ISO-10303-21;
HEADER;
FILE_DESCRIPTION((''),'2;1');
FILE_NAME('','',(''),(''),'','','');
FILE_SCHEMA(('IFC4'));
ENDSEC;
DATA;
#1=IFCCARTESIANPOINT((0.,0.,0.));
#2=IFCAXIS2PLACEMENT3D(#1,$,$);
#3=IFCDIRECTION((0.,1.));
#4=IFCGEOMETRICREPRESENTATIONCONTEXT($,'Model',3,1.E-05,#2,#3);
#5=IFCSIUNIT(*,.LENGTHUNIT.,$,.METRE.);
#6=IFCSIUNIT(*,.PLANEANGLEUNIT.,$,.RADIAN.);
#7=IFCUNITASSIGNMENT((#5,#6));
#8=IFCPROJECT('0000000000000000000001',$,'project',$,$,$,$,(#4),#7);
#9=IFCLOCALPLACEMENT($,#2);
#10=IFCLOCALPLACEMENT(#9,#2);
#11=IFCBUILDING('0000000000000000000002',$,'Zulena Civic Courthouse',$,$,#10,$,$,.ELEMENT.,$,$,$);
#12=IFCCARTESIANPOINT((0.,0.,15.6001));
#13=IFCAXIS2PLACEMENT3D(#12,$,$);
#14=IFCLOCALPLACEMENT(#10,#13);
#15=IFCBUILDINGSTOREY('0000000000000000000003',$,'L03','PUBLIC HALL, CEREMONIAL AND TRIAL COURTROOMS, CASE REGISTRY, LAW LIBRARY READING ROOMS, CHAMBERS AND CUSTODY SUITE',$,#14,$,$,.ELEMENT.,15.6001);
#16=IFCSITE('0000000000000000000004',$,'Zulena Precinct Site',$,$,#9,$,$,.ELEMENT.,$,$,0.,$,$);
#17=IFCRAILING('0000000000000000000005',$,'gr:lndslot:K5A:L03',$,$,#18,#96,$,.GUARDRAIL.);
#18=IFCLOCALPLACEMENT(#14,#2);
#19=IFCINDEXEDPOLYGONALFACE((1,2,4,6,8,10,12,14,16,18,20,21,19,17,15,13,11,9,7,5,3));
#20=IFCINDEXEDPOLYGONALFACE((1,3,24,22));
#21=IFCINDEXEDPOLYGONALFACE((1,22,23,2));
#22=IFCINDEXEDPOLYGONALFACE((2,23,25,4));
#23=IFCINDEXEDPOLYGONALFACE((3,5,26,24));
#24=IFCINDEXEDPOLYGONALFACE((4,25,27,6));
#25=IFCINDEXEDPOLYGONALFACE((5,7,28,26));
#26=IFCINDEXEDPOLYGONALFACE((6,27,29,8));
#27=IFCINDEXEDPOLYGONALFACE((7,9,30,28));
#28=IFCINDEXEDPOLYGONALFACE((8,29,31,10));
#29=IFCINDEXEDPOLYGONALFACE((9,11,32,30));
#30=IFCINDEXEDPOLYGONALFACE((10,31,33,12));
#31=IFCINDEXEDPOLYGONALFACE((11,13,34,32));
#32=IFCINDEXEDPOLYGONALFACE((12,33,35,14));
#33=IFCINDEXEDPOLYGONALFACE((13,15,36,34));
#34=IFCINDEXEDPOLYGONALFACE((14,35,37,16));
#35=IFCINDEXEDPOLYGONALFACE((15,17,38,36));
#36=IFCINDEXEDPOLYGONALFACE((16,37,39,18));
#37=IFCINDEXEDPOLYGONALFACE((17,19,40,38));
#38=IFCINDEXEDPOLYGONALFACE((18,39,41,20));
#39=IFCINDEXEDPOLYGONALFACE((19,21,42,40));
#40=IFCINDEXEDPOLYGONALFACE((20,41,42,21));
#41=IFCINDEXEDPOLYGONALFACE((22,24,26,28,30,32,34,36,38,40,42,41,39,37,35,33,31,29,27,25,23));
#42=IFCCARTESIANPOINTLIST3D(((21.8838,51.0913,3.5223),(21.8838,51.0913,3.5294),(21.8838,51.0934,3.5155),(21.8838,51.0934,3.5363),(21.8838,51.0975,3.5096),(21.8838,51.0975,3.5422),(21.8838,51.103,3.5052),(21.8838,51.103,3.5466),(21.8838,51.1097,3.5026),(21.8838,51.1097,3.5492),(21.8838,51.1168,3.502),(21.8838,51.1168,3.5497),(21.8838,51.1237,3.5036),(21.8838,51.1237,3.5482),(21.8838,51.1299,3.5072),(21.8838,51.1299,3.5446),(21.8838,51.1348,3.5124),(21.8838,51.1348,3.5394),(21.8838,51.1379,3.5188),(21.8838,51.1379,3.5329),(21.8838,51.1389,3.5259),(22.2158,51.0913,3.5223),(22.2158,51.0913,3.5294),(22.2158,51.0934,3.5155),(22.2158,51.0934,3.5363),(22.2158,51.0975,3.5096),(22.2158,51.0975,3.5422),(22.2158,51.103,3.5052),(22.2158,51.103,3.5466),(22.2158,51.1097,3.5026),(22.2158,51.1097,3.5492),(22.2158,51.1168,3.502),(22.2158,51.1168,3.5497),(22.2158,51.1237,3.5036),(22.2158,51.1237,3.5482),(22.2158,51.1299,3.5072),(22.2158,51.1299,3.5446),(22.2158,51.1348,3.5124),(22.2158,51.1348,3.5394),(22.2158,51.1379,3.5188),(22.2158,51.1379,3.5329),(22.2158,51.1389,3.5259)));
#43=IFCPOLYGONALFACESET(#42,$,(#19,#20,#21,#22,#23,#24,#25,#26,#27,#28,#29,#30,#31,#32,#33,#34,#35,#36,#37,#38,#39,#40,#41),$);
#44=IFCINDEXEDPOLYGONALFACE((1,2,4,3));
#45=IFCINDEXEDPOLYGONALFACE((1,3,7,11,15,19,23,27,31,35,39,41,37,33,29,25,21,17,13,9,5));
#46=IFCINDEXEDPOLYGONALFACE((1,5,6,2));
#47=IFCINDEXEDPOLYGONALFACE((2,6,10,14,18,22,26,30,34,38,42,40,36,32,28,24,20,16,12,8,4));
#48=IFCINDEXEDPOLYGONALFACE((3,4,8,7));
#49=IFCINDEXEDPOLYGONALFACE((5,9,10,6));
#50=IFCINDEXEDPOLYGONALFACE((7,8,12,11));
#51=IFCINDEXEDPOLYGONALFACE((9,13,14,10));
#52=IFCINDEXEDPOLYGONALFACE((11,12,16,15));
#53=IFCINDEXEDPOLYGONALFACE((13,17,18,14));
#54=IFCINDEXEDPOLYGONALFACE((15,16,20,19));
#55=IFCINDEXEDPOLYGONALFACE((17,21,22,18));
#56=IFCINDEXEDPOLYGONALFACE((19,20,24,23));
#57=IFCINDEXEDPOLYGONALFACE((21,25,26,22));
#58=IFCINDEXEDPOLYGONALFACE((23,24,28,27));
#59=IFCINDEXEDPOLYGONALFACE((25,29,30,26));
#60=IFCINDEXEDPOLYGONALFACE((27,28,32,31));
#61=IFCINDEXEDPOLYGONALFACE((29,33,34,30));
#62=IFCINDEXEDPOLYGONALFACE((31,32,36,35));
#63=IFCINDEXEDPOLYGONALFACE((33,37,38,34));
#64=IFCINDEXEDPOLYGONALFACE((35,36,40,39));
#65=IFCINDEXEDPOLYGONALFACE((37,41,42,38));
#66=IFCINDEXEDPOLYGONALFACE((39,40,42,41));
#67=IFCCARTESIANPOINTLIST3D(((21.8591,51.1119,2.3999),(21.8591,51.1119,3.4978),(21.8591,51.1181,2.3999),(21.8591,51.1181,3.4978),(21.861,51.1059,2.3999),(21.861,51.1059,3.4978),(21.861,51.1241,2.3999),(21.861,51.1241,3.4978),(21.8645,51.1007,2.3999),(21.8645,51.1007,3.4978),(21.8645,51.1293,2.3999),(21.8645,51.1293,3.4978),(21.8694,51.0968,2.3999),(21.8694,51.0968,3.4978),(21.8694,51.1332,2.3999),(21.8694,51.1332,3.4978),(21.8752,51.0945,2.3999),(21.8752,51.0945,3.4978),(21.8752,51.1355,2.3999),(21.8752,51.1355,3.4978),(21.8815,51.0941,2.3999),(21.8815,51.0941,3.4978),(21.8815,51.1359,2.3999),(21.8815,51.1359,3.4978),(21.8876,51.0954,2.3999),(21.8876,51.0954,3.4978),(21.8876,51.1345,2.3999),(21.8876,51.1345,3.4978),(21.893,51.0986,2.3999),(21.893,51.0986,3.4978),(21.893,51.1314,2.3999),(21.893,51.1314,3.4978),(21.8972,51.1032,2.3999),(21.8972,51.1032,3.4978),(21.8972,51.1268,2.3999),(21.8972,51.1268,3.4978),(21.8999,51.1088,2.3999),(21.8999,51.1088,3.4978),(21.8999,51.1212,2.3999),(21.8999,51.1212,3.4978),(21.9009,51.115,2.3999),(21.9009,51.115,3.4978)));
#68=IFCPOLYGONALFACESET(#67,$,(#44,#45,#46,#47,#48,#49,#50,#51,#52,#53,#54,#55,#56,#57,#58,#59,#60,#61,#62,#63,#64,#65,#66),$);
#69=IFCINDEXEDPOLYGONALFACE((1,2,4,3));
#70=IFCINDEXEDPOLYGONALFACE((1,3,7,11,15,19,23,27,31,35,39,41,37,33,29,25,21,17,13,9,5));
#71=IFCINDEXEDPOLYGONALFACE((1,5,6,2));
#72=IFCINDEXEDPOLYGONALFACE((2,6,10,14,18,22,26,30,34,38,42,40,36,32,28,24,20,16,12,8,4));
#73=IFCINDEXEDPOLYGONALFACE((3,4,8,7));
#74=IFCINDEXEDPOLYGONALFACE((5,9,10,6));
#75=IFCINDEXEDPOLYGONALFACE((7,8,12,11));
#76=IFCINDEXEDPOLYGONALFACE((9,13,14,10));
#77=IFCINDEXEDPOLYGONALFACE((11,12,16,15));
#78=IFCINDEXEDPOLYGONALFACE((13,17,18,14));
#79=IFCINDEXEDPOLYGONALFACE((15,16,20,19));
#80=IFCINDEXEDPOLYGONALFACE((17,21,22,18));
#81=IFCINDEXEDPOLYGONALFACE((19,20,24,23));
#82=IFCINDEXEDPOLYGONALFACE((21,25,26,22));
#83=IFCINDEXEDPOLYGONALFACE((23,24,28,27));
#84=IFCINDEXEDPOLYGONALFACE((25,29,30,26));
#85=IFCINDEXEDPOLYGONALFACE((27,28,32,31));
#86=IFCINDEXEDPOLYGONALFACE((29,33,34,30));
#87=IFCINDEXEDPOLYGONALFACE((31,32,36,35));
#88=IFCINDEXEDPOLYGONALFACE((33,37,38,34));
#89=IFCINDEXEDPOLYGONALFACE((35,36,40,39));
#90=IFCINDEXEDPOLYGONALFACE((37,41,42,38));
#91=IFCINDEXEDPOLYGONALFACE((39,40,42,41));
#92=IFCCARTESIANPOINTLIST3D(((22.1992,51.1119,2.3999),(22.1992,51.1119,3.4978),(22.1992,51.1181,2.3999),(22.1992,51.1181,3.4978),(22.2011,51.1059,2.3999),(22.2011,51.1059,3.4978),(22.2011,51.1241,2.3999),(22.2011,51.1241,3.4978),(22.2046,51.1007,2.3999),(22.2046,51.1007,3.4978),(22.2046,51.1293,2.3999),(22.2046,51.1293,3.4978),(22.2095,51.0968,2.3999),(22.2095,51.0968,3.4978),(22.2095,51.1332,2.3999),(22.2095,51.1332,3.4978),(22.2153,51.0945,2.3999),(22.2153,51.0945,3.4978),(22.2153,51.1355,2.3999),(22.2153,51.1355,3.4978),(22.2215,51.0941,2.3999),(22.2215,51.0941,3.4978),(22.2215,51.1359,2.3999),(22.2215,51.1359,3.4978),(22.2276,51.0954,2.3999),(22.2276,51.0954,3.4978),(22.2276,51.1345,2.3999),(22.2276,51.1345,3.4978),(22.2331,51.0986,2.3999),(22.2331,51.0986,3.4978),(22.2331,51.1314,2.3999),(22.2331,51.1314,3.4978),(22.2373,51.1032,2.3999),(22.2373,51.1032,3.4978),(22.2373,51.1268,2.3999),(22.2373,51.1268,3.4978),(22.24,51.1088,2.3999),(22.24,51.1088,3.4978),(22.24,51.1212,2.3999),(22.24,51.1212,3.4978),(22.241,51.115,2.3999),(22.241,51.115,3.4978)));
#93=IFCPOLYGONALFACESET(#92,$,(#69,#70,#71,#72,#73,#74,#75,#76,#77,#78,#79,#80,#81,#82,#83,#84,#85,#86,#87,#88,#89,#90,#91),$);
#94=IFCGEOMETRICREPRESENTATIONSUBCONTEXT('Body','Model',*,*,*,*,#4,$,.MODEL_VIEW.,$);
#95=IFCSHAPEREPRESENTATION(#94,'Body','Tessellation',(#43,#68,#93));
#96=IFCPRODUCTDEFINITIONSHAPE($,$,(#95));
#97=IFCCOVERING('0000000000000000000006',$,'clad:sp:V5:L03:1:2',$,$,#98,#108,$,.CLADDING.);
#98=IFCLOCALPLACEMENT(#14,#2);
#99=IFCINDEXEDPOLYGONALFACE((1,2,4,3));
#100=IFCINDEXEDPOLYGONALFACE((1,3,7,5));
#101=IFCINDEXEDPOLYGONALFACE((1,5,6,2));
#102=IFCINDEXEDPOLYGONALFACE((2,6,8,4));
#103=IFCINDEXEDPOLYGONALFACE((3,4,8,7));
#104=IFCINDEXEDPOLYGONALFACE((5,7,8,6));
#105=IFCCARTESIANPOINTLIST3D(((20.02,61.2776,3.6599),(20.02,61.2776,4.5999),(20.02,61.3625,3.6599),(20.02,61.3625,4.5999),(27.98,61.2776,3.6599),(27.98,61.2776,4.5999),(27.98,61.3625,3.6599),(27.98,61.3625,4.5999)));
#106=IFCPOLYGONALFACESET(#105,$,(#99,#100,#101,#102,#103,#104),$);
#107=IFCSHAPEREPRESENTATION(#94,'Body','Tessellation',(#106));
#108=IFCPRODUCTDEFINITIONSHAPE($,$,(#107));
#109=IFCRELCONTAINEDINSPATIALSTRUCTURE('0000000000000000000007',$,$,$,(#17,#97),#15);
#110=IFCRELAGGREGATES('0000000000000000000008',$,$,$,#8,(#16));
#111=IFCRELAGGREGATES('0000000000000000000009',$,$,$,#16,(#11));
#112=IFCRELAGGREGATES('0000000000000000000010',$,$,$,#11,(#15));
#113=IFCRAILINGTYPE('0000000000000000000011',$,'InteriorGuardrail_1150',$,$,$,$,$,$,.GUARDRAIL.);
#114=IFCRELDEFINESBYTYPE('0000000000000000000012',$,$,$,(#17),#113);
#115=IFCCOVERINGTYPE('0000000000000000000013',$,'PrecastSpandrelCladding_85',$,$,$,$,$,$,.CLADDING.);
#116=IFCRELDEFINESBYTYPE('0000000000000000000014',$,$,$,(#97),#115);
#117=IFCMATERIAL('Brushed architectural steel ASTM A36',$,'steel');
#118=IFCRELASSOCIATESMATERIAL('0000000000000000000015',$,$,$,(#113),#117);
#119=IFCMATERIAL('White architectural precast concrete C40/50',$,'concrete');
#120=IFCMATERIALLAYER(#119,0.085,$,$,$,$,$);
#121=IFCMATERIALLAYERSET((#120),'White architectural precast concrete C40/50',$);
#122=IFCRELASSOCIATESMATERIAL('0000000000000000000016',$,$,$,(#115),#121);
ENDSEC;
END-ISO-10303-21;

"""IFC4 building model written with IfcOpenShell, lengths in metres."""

from ifc_helpers import new_model, si_unit, direction, frame, origin, origin_2d, place, context, subcontext, project, spatial, rectangle, circle, extrude, material, layer, layer_set, type_object, element, save


model = new_model("IFC4")

# Units and contexts
model_context = context("Model", 3, precision=1e-05, world=origin(), true_north=direction((0.0, 1.0)))
body_context = subcontext(model_context, "Body", "Model", "MODEL_VIEW")
ifc_project = project(units=[si_unit("LENGTHUNIT", "METRE"), si_unit("PLANEANGLEUNIT", "RADIAN")], contexts=[model_context])

# Site, building, storey
site_placement = place(None, origin())
site = spatial("IfcSite", under=ifc_project, at=site_placement, Name="Zulena Precinct Site", CompositionType="ELEMENT", RefElevation=0.0)
building_placement = place(site_placement, origin())
building = spatial("IfcBuilding", under=site, at=building_placement, Name="Zulena Civic Courthouse", CompositionType="ELEMENT")
storey_placement = place(building_placement, frame((0.0, 0.0, 15.6001)))
storey = spatial("IfcBuildingStorey", under=building, at=storey_placement, Name="L03", Description="PUBLIC HALL, CEREMONIAL AND TRIAL COURTROOMS, CASE REGISTRY, LAW LIBRARY READING ROOMS, CHAMBERS AND CUSTODY SUITE", CompositionType="ELEMENT", Elevation=15.6001)

# Railing
ifc_material_1 = material(Name="Brushed architectural steel ASTM A36", Category="steel")
railing_type_1 = type_object("IfcRailingType", Name="InteriorGuardrail_1150", PredefinedType="GUARDRAIL", material=ifc_material_1)
railing_1_placement = place(storey_placement, frame((21.8799, 51.115, 2.3999)))
element("IfcRailing", 1, at=railing_1_placement, inside=storey, type_object=railing_type_1, Name="gr:lndslot:K5A:L03", PredefinedType="GUARDRAIL", context=body_context, shape_type="SweptSolid", body=[
    extrude(circle(Radius=0.0239, at=origin_2d()), frame((0.0039, 0.0, 1.126), z_axis=(1.0, 0.0, 0.0), x_axis=(0.0, 1.0, 0.0)), (0.0, 0.0, 1.0), 0.332),
    extrude(circle(Radius=0.021, at=origin_2d()), origin(), (0.0, 0.0, 1.0), 1.0979),
    extrude(circle(Radius=0.021, at=origin_2d()), frame((0.3401, 0.0, 0.0)), (0.0, 0.0, 1.0), 1.0979),
])

# Covering
ifc_material_2 = material(Name="White architectural precast concrete C40/50", Category="concrete")
ifc_layer_1 = layer(ifc_material_2, 0.085)
ifc_layer_set_1 = layer_set([ifc_layer_1], Name="White architectural precast concrete C40/50")
covering_type = type_object("IfcCoveringType", Name="PrecastSpandrelCladding_85", PredefinedType="CLADDING", material=ifc_layer_set_1)
covering_placement = place(storey_placement, frame((24.0, 61.3201, 3.6599), z_axis=(0.0, 0.0, 1.0), x_axis=(1.0, 0.0, 0.0)))
element("IfcCovering", 2, at=covering_placement, inside=storey, type_object=covering_type, Name="clad:sp:V5:L03:1:2", PredefinedType="CLADDING", context=body_context, shape_type="SweptSolid", body=[
    extrude(rectangle(XDim=7.96, YDim=0.085, at=origin_2d()), origin(), (0.0, 0.0, 1.0), 0.9399),
])

save(model, "model.ifc")
